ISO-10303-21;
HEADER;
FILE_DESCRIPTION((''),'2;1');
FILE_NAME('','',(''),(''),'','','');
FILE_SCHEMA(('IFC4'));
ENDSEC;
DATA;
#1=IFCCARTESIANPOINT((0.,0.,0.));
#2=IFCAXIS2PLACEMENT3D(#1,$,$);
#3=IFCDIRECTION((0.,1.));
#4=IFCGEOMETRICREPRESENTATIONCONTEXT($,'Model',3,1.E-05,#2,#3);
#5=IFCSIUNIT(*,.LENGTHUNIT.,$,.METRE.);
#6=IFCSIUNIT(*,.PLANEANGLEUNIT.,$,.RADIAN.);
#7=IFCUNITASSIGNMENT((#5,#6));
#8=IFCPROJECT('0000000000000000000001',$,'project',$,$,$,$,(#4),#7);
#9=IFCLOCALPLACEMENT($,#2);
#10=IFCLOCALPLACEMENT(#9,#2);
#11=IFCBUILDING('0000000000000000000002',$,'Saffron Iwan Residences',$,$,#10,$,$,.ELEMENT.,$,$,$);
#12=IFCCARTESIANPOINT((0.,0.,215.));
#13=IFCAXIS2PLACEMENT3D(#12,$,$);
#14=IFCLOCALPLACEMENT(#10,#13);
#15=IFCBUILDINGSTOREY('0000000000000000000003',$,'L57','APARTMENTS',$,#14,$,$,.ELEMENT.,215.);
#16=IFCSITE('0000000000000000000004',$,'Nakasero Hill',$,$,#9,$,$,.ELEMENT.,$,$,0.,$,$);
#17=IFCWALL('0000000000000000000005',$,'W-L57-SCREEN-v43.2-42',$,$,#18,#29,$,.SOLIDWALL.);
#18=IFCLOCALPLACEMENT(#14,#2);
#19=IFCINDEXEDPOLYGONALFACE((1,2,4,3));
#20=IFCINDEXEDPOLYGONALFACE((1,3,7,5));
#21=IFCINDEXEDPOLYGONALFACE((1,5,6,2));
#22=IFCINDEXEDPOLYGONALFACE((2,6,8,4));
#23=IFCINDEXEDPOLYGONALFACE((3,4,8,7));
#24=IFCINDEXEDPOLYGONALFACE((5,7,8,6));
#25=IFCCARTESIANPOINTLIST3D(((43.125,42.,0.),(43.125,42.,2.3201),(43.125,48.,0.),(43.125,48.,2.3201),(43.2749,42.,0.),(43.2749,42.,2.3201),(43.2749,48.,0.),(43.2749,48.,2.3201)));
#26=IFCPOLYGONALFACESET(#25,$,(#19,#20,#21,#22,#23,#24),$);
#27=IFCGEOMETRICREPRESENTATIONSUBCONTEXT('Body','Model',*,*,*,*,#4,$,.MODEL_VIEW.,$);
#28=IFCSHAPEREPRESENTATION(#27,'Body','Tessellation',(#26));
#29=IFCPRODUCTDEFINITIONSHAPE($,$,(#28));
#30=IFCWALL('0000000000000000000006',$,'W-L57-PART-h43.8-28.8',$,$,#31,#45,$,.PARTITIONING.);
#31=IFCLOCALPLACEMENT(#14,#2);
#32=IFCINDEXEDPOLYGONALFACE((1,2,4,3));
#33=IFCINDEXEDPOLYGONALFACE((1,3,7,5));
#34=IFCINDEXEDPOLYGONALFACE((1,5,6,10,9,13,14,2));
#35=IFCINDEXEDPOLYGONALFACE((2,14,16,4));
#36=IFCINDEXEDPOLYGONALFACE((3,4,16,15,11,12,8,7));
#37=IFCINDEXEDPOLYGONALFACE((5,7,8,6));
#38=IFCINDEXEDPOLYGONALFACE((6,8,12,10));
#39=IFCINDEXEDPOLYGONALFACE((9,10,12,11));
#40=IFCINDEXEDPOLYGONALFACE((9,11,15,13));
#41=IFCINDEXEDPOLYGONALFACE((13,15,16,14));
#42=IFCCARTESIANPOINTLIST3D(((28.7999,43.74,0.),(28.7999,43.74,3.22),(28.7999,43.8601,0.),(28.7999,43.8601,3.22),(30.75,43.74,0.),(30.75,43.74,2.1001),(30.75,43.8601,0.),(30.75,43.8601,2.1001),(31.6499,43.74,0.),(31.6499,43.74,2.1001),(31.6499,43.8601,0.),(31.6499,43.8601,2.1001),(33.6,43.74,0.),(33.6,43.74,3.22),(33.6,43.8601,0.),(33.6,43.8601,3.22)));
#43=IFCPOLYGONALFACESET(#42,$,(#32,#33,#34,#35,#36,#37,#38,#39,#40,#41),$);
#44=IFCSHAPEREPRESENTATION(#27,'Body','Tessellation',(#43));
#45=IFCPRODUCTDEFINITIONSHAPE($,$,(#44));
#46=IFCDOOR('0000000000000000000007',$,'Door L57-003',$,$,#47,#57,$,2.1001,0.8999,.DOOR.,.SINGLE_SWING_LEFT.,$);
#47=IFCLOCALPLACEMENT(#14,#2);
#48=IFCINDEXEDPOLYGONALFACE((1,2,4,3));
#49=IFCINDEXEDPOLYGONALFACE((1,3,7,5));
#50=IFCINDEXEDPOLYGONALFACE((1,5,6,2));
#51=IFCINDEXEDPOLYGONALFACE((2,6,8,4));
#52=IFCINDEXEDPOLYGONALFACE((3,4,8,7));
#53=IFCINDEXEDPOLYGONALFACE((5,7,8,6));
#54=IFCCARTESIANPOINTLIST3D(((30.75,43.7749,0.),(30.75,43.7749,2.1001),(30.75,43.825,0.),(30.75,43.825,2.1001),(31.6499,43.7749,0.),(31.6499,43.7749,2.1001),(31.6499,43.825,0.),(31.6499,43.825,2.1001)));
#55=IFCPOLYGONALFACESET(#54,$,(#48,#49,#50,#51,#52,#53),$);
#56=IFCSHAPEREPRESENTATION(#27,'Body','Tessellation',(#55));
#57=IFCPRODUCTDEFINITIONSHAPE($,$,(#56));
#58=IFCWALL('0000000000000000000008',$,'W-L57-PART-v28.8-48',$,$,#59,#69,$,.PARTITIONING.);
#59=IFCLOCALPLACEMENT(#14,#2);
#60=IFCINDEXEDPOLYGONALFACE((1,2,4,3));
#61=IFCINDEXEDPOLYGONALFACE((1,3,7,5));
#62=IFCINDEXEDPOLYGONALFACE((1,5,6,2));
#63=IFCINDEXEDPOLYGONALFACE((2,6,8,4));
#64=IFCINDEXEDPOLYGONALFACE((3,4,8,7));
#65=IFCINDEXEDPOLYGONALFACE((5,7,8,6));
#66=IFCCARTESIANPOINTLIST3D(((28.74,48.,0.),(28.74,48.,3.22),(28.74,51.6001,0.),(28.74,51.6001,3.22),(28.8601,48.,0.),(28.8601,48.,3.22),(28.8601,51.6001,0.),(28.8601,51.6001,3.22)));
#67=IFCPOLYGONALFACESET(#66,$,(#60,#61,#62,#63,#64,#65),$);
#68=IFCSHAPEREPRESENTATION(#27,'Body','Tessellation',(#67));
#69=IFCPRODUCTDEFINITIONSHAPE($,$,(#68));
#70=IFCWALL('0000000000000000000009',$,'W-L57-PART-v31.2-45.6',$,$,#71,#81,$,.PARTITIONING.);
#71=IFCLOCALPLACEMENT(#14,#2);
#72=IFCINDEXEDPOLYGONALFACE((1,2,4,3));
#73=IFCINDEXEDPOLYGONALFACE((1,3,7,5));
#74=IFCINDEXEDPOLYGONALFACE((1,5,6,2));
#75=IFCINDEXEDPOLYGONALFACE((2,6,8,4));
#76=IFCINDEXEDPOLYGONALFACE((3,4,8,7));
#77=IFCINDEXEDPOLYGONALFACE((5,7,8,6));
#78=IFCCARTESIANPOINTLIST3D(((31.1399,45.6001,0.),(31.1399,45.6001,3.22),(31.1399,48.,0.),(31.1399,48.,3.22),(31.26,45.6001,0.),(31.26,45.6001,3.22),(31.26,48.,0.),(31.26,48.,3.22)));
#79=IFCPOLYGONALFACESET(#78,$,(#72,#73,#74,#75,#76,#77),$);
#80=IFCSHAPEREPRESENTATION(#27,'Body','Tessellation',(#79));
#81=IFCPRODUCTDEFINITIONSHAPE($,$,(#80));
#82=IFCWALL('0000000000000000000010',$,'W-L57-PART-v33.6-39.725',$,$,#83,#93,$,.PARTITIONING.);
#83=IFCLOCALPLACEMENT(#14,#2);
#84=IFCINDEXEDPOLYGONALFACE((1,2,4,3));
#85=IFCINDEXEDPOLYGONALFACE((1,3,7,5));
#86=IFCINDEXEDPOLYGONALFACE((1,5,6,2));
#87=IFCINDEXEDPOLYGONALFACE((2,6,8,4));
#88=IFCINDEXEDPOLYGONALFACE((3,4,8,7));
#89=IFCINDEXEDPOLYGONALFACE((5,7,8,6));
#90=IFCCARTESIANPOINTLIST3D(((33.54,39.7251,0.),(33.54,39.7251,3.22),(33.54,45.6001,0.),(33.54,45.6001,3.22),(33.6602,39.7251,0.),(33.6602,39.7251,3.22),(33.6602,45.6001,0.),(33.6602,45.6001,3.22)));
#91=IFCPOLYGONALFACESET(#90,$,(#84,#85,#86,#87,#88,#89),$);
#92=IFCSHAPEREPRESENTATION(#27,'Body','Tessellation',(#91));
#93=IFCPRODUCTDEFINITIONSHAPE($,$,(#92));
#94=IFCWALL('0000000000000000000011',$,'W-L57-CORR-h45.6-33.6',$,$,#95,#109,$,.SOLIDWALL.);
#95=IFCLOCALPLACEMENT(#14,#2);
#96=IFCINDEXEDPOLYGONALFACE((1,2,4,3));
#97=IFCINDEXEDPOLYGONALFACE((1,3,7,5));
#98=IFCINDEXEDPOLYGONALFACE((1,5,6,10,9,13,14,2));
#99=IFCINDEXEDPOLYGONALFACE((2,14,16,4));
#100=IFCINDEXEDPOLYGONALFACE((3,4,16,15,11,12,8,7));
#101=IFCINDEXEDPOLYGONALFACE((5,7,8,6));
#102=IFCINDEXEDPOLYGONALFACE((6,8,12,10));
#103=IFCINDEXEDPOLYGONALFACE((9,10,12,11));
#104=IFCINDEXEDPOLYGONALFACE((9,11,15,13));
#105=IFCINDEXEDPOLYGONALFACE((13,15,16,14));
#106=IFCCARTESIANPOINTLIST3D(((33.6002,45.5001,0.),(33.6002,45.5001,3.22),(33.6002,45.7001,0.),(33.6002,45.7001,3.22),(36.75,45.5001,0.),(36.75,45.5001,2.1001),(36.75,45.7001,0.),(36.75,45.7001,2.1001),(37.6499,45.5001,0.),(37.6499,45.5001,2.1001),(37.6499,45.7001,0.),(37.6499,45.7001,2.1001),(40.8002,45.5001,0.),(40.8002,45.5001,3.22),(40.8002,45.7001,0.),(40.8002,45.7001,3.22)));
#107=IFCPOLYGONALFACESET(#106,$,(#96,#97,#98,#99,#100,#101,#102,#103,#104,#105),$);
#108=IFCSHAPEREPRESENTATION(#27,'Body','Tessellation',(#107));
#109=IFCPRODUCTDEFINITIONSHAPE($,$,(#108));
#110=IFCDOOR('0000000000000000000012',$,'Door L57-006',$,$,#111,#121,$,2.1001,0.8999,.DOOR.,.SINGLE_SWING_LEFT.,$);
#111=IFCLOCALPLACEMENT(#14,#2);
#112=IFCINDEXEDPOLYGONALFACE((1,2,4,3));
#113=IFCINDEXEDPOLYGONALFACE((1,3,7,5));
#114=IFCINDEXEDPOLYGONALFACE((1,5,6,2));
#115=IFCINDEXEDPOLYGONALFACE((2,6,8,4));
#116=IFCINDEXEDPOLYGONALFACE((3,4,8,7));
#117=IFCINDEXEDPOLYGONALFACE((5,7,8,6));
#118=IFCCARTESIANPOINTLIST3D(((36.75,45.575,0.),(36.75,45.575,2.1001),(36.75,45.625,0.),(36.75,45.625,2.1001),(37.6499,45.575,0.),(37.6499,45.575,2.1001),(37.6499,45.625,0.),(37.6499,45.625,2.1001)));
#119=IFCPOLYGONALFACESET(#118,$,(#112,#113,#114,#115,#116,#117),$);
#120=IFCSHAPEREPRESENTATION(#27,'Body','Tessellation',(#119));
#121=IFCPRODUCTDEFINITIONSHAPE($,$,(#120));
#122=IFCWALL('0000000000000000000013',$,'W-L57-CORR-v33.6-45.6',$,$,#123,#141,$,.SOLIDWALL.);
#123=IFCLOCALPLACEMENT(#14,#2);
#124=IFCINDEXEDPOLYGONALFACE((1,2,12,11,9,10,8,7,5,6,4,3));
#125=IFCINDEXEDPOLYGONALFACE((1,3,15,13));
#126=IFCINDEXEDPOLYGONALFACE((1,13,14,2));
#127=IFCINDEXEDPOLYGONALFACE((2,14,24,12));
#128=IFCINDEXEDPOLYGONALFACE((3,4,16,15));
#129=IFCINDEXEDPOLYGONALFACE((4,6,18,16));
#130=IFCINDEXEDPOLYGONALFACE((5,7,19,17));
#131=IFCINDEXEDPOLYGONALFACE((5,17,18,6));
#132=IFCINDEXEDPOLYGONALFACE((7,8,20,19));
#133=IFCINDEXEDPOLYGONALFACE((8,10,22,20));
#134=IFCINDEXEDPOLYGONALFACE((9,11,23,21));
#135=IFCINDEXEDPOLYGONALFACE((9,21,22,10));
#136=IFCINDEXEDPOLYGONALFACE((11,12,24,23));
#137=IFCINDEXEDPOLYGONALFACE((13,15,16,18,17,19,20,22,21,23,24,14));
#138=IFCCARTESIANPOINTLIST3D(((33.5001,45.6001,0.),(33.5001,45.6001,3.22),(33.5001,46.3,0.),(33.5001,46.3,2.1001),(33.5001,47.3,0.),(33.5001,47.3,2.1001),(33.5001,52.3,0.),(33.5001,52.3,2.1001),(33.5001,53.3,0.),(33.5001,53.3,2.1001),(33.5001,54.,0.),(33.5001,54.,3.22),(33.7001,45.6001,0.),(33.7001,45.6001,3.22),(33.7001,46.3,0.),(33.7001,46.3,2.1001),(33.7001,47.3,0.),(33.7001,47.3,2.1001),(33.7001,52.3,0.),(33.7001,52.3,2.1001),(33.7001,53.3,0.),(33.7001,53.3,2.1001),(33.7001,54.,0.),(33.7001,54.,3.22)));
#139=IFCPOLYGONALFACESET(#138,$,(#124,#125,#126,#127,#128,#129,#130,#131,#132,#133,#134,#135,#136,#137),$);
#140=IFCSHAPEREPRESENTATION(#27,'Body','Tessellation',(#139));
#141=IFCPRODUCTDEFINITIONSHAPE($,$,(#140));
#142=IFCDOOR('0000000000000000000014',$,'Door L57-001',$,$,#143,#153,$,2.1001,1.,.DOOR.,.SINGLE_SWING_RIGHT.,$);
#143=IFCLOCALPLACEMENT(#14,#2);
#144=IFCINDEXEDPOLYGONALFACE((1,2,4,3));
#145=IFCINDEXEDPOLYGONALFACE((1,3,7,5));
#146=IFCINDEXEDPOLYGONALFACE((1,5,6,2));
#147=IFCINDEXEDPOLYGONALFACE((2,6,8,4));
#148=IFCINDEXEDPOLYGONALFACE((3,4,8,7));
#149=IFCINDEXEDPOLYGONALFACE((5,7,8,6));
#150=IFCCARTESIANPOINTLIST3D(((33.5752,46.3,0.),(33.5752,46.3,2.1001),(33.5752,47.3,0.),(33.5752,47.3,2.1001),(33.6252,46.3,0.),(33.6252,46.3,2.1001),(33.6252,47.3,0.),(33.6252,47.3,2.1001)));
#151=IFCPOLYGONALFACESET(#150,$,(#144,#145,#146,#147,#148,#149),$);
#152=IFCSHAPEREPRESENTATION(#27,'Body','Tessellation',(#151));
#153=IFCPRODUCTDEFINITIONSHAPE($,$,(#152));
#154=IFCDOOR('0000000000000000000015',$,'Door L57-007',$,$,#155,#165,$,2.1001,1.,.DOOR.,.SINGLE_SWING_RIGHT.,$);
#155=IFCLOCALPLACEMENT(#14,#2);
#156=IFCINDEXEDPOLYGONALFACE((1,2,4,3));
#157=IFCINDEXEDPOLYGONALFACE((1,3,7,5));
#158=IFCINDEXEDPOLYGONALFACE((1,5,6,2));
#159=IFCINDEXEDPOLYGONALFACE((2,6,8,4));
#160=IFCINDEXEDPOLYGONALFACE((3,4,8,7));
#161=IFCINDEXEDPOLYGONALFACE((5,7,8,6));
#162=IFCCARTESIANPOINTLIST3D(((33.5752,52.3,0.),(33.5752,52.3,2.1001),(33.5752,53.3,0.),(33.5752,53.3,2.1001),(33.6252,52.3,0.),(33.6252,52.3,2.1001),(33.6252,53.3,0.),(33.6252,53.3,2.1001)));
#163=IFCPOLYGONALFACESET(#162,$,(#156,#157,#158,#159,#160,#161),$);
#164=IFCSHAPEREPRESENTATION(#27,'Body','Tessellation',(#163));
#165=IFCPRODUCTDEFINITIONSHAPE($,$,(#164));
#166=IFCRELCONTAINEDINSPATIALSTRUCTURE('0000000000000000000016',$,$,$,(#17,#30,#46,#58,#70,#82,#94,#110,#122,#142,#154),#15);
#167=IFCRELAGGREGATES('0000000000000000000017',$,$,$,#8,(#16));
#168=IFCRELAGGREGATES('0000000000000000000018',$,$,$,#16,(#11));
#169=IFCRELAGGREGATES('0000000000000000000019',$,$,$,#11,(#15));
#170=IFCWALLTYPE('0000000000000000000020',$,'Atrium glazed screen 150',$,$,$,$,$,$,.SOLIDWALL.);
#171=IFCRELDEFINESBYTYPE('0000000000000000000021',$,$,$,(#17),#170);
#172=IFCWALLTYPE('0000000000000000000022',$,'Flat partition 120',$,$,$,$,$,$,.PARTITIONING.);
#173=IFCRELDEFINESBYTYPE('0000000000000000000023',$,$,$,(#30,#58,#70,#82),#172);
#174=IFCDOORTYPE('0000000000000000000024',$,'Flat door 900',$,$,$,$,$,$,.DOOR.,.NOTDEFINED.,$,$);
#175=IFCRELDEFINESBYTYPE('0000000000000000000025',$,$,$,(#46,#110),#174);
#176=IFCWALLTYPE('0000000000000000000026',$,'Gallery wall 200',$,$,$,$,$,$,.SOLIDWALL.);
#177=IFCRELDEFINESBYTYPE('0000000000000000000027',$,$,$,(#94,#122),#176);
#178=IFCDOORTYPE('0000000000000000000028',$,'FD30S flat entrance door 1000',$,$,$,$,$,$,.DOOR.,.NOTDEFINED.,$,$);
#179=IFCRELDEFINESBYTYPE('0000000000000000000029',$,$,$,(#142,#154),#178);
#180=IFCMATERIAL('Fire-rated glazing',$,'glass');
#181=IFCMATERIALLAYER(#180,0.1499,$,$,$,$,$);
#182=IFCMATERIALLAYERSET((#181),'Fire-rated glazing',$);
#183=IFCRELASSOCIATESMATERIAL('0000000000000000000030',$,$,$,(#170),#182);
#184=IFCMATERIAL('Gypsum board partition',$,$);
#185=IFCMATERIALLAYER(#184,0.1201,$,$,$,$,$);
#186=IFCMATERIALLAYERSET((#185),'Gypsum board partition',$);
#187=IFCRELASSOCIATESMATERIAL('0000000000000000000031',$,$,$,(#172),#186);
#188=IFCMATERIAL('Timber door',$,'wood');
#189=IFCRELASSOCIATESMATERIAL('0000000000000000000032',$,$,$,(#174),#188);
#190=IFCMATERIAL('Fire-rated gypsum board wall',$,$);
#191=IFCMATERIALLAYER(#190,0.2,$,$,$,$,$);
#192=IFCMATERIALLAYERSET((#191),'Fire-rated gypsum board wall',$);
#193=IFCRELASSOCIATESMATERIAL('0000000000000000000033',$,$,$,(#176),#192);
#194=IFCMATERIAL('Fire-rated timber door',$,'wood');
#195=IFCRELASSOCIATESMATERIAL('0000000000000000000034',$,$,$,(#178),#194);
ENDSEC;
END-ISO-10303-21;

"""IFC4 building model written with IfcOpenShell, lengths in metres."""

from ifc_helpers import new_model, si_unit, direction, frame, frame_2d, origin, place, context, subcontext, project, spatial, rectangle, extrude, material, layer, layer_set, type_object, element, fill, save


model = new_model("IFC4")

# Units and contexts
model_context = context("Model", 3, precision=1e-05, world=origin(), true_north=direction((0.0, 1.0)))
body_context = subcontext(model_context, "Body", "Model", "MODEL_VIEW")
ifc_project = project(units=[si_unit("LENGTHUNIT", "METRE"), si_unit("PLANEANGLEUNIT", "RADIAN")], contexts=[model_context])

# Site, building, storey
site_placement = place(None, origin())
site = spatial("IfcSite", under=ifc_project, at=site_placement, Name="Nakasero Hill", CompositionType="ELEMENT", RefElevation=0.0)
building_placement = place(site_placement, origin())
building = spatial("IfcBuilding", under=site, at=building_placement, Name="Saffron Iwan Residences", CompositionType="ELEMENT")
storey_placement = place(building_placement, frame((0.0, 0.0, 215.0)))
storey = spatial("IfcBuildingStorey", under=building, at=storey_placement, Name="L57", Description="APARTMENTS", CompositionType="ELEMENT", Elevation=215.0)

# Wall
ifc_material_1 = material(Name="Fire-rated glazing", Category="glass")
ifc_layer_1 = layer(ifc_material_1, 0.1499)
ifc_layer_set_1 = layer_set([ifc_layer_1], Name="Fire-rated glazing")
wall_type_1 = type_object("IfcWallType", Name="Atrium glazed screen 150", PredefinedType="SOLIDWALL", material=ifc_layer_set_1)
wall_1_placement = place(storey_placement, frame((43.2, 42.0, 0.0), z_axis=(0.0, 0.0, 1.0), x_axis=(0.0, 1.0, 0.0)))
element("IfcWall", 1, at=wall_1_placement, inside=storey, type_object=wall_type_1, Name="W-L57-SCREEN-v43.2-42", PredefinedType="SOLIDWALL", context=body_context, shape_type="SweptSolid", body=[
    extrude(rectangle(XDim=6.0, YDim=0.1499, at=frame_2d((3.0, 0.0))), origin(), (0.0, 0.0, 1.0), 2.3201),
])

# Wall, opening, door
ifc_material_2 = material(Name="Gypsum board partition")
ifc_layer_2 = layer(ifc_material_2, 0.1201)
ifc_layer_set_2 = layer_set([ifc_layer_2], Name="Gypsum board partition")
wall_type_2 = type_object("IfcWallType", Name="Flat partition 120", PredefinedType="PARTITIONING", material=ifc_layer_set_2)
wall_2_placement = place(storey_placement, frame((28.8, 43.8, 0.0), z_axis=(0.0, 0.0, 1.0), x_axis=(1.0, 0.0, 0.0)))
wall_2 = element("IfcWall", 2, at=wall_2_placement, inside=storey, type_object=wall_type_2, Name="W-L57-PART-h43.8-28.8", PredefinedType="PARTITIONING", context=body_context, shape_type="SweptSolid", body=[
    extrude(rectangle(XDim=4.8, YDim=0.1201, at=frame_2d((2.3999, 0.0))), origin(), (0.0, 0.0, 1.0), 3.22),
])
opening_1_placement = place(wall_2_placement, frame((1.95, 0.0, 0.0)))
opening_1 = element("IfcOpeningElement", 3, at=opening_1_placement, cuts=wall_2, PredefinedType="OPENING", context=body_context, shape_type="SweptSolid", body=[
    extrude(rectangle(XDim=0.8999, YDim=2.1001, at=frame_2d((0.45, 1.05))), frame((0.0, 0.0701, 0.0), z_axis=(0.0, -1.0, 0.0), x_axis=(1.0, 0.0, 0.0)), (0.0, 0.0, 1.0), 0.1401),
])
ifc_material_3 = material(Name="Timber door", Category="wood")
door_type_1 = type_object("IfcDoorType", Name="Flat door 900", OperationType="NOTDEFINED", PredefinedType="DOOR", material=ifc_material_3)
door_1_placement = place(opening_1_placement, origin())
door_1 = element("IfcDoor", 4, at=door_1_placement, inside=storey, type_object=door_type_1, Name="Door L57-003", OperationType="SINGLE_SWING_LEFT", OverallHeight=2.1001, OverallWidth=0.8999, PredefinedType="DOOR", context=body_context, shape_type="SweptSolid", body=[
    extrude(rectangle(XDim=0.8999, YDim=2.1001, at=frame_2d((0.45, 1.05))), frame((0.0, 0.0249, 0.0), z_axis=(0.0, -1.0, 0.0), x_axis=(1.0, 0.0, 0.0)), (0.0, 0.0, 1.0), 0.05),
])
fill(opening_1, door_1)

# Walls
wall_3_placement = place(storey_placement, frame((28.8, 48.0, 0.0), z_axis=(0.0, 0.0, 1.0), x_axis=(0.0, 1.0, 0.0)))
element("IfcWall", 5, at=wall_3_placement, inside=storey, type_object=wall_type_2, Name="W-L57-PART-v28.8-48", PredefinedType="PARTITIONING", context=body_context, shape_type="SweptSolid", body=[
    extrude(rectangle(XDim=3.6001, YDim=0.1201, at=frame_2d((1.8, 0.0))), origin(), (0.0, 0.0, 1.0), 3.22),
])
wall_4_placement = place(storey_placement, frame((31.2, 45.6001, 0.0), z_axis=(0.0, 0.0, 1.0), x_axis=(0.0, 1.0, 0.0)))
element("IfcWall", 6, at=wall_4_placement, inside=storey, type_object=wall_type_2, Name="W-L57-PART-v31.2-45.6", PredefinedType="PARTITIONING", context=body_context, shape_type="SweptSolid", body=[
    extrude(rectangle(XDim=2.3999, YDim=0.1201, at=frame_2d((1.2, 0.0))), origin(), (0.0, 0.0, 1.0), 3.22),
])
wall_5_placement = place(storey_placement, frame((33.6001, 39.7251, 0.0), z_axis=(0.0, 0.0, 1.0), x_axis=(0.0, 1.0, 0.0)))
element("IfcWall", 7, at=wall_5_placement, inside=storey, type_object=wall_type_2, Name="W-L57-PART-v33.6-39.725", PredefinedType="PARTITIONING", context=body_context, shape_type="SweptSolid", body=[
    extrude(rectangle(XDim=5.875, YDim=0.1201, at=frame_2d((2.9375, 0.0))), origin(), (0.0, 0.0, 1.0), 3.22),
])

# Wall, opening, door
ifc_material_4 = material(Name="Fire-rated gypsum board wall")
ifc_layer_3 = layer(ifc_material_4, 0.2)
ifc_layer_set_3 = layer_set([ifc_layer_3], Name="Fire-rated gypsum board wall")
wall_type_3 = type_object("IfcWallType", Name="Gallery wall 200", PredefinedType="SOLIDWALL", material=ifc_layer_set_3)
wall_6_placement = place(storey_placement, frame((33.6001, 45.6001, 0.0), z_axis=(0.0, 0.0, 1.0), x_axis=(1.0, 0.0, 0.0)))
wall_6 = element("IfcWall", 8, at=wall_6_placement, inside=storey, type_object=wall_type_3, Name="W-L57-CORR-h45.6-33.6", PredefinedType="SOLIDWALL", context=body_context, shape_type="SweptSolid", body=[
    extrude(rectangle(XDim=7.2, YDim=0.2, at=frame_2d((3.6001, 0.0))), origin(), (0.0, 0.0, 1.0), 3.22),
])
opening_2_placement = place(wall_6_placement, frame((3.1499, 0.0, 0.0)))
opening_2 = element("IfcOpeningElement", 9, at=opening_2_placement, cuts=wall_6, PredefinedType="OPENING", context=body_context, shape_type="SweptSolid", body=[
    extrude(rectangle(XDim=0.8999, YDim=2.1001, at=frame_2d((0.45, 1.05))), frame((0.0, 0.1099, 0.0), z_axis=(0.0, -1.0, 0.0), x_axis=(1.0, 0.0, 0.0)), (0.0, 0.0, 1.0), 0.22),
])
door_2_placement = place(opening_2_placement, origin())
door_2 = element("IfcDoor", 10, at=door_2_placement, inside=storey, type_object=door_type_1, Name="Door L57-006", OperationType="SINGLE_SWING_LEFT", OverallHeight=2.1001, OverallWidth=0.8999, PredefinedType="DOOR", context=body_context, shape_type="SweptSolid", body=[
    extrude(rectangle(XDim=0.8999, YDim=2.1001, at=frame_2d((0.45, 1.05))), frame((0.0, 0.0249, 0.0), z_axis=(0.0, -1.0, 0.0), x_axis=(1.0, 0.0, 0.0)), (0.0, 0.0, 1.0), 0.05),
])
fill(opening_2, door_2)

# Wall, openings, doors
wall_7_placement = place(storey_placement, frame((33.6001, 45.6001, 0.0), z_axis=(0.0, 0.0, 1.0), x_axis=(0.0, 1.0, 0.0)))
wall_7 = element("IfcWall", 11, at=wall_7_placement, inside=storey, type_object=wall_type_3, Name="W-L57-CORR-v33.6-45.6", PredefinedType="SOLIDWALL", context=body_context, shape_type="SweptSolid", body=[
    extrude(rectangle(XDim=8.3999, YDim=0.2, at=frame_2d((4.2, 0.0))), origin(), (0.0, 0.0, 1.0), 3.22),
])
opening_3_placement = place(wall_7_placement, frame((0.7, 0.0, 0.0)))
opening_3 = element("IfcOpeningElement", 12, at=opening_3_placement, cuts=wall_7, PredefinedType="OPENING", context=body_context, shape_type="SweptSolid", body=[
    extrude(rectangle(XDim=1.0, YDim=2.1001, at=frame_2d((0.5, 1.05))), frame((0.0, 0.1099, 0.0), z_axis=(0.0, -1.0, 0.0), x_axis=(1.0, 0.0, 0.0)), (0.0, 0.0, 1.0), 0.22),
])
opening_4_placement = place(wall_7_placement, frame((6.7, 0.0, 0.0)))
opening_4 = element("IfcOpeningElement", 13, at=opening_4_placement, cuts=wall_7, PredefinedType="OPENING", context=body_context, shape_type="SweptSolid", body=[
    extrude(rectangle(XDim=1.0, YDim=2.1001, at=frame_2d((0.5, 1.05))), frame((0.0, 0.1099, 0.0), z_axis=(0.0, -1.0, 0.0), x_axis=(1.0, 0.0, 0.0)), (0.0, 0.0, 1.0), 0.22),
])
ifc_material_5 = material(Name="Fire-rated timber door", Category="wood")
door_type_2 = type_object("IfcDoorType", Name="FD30S flat entrance door 1000", OperationType="NOTDEFINED", PredefinedType="DOOR", material=ifc_material_5)
door_3_placement = place(opening_3_placement, origin())
door_3 = element("IfcDoor", 14, at=door_3_placement, inside=storey, type_object=door_type_2, Name="Door L57-001", OperationType="SINGLE_SWING_RIGHT", OverallHeight=2.1001, OverallWidth=1.0, PredefinedType="DOOR", context=body_context, shape_type="SweptSolid", body=[
    extrude(rectangle(XDim=1.0, YDim=2.1001, at=frame_2d((0.5, 1.05))), frame((0.0, 0.0249, 0.0), z_axis=(0.0, -1.0, 0.0), x_axis=(1.0, 0.0, 0.0)), (0.0, 0.0, 1.0), 0.05),
])
fill(opening_3, door_3)
door_4_placement = place(opening_4_placement, origin())
door_4 = element("IfcDoor", 15, at=door_4_placement, inside=storey, type_object=door_type_2, Name="Door L57-007", OperationType="SINGLE_SWING_RIGHT", OverallHeight=2.1001, OverallWidth=1.0, PredefinedType="DOOR", context=body_context, shape_type="SweptSolid", body=[
    extrude(rectangle(XDim=1.0, YDim=2.1001, at=frame_2d((0.5, 1.05))), frame((0.0, 0.0249, 0.0), z_axis=(0.0, -1.0, 0.0), x_axis=(1.0, 0.0, 0.0)), (0.0, 0.0, 1.0), 0.05),
])
fill(opening_4, door_4)

save(model, "model.ifc")
